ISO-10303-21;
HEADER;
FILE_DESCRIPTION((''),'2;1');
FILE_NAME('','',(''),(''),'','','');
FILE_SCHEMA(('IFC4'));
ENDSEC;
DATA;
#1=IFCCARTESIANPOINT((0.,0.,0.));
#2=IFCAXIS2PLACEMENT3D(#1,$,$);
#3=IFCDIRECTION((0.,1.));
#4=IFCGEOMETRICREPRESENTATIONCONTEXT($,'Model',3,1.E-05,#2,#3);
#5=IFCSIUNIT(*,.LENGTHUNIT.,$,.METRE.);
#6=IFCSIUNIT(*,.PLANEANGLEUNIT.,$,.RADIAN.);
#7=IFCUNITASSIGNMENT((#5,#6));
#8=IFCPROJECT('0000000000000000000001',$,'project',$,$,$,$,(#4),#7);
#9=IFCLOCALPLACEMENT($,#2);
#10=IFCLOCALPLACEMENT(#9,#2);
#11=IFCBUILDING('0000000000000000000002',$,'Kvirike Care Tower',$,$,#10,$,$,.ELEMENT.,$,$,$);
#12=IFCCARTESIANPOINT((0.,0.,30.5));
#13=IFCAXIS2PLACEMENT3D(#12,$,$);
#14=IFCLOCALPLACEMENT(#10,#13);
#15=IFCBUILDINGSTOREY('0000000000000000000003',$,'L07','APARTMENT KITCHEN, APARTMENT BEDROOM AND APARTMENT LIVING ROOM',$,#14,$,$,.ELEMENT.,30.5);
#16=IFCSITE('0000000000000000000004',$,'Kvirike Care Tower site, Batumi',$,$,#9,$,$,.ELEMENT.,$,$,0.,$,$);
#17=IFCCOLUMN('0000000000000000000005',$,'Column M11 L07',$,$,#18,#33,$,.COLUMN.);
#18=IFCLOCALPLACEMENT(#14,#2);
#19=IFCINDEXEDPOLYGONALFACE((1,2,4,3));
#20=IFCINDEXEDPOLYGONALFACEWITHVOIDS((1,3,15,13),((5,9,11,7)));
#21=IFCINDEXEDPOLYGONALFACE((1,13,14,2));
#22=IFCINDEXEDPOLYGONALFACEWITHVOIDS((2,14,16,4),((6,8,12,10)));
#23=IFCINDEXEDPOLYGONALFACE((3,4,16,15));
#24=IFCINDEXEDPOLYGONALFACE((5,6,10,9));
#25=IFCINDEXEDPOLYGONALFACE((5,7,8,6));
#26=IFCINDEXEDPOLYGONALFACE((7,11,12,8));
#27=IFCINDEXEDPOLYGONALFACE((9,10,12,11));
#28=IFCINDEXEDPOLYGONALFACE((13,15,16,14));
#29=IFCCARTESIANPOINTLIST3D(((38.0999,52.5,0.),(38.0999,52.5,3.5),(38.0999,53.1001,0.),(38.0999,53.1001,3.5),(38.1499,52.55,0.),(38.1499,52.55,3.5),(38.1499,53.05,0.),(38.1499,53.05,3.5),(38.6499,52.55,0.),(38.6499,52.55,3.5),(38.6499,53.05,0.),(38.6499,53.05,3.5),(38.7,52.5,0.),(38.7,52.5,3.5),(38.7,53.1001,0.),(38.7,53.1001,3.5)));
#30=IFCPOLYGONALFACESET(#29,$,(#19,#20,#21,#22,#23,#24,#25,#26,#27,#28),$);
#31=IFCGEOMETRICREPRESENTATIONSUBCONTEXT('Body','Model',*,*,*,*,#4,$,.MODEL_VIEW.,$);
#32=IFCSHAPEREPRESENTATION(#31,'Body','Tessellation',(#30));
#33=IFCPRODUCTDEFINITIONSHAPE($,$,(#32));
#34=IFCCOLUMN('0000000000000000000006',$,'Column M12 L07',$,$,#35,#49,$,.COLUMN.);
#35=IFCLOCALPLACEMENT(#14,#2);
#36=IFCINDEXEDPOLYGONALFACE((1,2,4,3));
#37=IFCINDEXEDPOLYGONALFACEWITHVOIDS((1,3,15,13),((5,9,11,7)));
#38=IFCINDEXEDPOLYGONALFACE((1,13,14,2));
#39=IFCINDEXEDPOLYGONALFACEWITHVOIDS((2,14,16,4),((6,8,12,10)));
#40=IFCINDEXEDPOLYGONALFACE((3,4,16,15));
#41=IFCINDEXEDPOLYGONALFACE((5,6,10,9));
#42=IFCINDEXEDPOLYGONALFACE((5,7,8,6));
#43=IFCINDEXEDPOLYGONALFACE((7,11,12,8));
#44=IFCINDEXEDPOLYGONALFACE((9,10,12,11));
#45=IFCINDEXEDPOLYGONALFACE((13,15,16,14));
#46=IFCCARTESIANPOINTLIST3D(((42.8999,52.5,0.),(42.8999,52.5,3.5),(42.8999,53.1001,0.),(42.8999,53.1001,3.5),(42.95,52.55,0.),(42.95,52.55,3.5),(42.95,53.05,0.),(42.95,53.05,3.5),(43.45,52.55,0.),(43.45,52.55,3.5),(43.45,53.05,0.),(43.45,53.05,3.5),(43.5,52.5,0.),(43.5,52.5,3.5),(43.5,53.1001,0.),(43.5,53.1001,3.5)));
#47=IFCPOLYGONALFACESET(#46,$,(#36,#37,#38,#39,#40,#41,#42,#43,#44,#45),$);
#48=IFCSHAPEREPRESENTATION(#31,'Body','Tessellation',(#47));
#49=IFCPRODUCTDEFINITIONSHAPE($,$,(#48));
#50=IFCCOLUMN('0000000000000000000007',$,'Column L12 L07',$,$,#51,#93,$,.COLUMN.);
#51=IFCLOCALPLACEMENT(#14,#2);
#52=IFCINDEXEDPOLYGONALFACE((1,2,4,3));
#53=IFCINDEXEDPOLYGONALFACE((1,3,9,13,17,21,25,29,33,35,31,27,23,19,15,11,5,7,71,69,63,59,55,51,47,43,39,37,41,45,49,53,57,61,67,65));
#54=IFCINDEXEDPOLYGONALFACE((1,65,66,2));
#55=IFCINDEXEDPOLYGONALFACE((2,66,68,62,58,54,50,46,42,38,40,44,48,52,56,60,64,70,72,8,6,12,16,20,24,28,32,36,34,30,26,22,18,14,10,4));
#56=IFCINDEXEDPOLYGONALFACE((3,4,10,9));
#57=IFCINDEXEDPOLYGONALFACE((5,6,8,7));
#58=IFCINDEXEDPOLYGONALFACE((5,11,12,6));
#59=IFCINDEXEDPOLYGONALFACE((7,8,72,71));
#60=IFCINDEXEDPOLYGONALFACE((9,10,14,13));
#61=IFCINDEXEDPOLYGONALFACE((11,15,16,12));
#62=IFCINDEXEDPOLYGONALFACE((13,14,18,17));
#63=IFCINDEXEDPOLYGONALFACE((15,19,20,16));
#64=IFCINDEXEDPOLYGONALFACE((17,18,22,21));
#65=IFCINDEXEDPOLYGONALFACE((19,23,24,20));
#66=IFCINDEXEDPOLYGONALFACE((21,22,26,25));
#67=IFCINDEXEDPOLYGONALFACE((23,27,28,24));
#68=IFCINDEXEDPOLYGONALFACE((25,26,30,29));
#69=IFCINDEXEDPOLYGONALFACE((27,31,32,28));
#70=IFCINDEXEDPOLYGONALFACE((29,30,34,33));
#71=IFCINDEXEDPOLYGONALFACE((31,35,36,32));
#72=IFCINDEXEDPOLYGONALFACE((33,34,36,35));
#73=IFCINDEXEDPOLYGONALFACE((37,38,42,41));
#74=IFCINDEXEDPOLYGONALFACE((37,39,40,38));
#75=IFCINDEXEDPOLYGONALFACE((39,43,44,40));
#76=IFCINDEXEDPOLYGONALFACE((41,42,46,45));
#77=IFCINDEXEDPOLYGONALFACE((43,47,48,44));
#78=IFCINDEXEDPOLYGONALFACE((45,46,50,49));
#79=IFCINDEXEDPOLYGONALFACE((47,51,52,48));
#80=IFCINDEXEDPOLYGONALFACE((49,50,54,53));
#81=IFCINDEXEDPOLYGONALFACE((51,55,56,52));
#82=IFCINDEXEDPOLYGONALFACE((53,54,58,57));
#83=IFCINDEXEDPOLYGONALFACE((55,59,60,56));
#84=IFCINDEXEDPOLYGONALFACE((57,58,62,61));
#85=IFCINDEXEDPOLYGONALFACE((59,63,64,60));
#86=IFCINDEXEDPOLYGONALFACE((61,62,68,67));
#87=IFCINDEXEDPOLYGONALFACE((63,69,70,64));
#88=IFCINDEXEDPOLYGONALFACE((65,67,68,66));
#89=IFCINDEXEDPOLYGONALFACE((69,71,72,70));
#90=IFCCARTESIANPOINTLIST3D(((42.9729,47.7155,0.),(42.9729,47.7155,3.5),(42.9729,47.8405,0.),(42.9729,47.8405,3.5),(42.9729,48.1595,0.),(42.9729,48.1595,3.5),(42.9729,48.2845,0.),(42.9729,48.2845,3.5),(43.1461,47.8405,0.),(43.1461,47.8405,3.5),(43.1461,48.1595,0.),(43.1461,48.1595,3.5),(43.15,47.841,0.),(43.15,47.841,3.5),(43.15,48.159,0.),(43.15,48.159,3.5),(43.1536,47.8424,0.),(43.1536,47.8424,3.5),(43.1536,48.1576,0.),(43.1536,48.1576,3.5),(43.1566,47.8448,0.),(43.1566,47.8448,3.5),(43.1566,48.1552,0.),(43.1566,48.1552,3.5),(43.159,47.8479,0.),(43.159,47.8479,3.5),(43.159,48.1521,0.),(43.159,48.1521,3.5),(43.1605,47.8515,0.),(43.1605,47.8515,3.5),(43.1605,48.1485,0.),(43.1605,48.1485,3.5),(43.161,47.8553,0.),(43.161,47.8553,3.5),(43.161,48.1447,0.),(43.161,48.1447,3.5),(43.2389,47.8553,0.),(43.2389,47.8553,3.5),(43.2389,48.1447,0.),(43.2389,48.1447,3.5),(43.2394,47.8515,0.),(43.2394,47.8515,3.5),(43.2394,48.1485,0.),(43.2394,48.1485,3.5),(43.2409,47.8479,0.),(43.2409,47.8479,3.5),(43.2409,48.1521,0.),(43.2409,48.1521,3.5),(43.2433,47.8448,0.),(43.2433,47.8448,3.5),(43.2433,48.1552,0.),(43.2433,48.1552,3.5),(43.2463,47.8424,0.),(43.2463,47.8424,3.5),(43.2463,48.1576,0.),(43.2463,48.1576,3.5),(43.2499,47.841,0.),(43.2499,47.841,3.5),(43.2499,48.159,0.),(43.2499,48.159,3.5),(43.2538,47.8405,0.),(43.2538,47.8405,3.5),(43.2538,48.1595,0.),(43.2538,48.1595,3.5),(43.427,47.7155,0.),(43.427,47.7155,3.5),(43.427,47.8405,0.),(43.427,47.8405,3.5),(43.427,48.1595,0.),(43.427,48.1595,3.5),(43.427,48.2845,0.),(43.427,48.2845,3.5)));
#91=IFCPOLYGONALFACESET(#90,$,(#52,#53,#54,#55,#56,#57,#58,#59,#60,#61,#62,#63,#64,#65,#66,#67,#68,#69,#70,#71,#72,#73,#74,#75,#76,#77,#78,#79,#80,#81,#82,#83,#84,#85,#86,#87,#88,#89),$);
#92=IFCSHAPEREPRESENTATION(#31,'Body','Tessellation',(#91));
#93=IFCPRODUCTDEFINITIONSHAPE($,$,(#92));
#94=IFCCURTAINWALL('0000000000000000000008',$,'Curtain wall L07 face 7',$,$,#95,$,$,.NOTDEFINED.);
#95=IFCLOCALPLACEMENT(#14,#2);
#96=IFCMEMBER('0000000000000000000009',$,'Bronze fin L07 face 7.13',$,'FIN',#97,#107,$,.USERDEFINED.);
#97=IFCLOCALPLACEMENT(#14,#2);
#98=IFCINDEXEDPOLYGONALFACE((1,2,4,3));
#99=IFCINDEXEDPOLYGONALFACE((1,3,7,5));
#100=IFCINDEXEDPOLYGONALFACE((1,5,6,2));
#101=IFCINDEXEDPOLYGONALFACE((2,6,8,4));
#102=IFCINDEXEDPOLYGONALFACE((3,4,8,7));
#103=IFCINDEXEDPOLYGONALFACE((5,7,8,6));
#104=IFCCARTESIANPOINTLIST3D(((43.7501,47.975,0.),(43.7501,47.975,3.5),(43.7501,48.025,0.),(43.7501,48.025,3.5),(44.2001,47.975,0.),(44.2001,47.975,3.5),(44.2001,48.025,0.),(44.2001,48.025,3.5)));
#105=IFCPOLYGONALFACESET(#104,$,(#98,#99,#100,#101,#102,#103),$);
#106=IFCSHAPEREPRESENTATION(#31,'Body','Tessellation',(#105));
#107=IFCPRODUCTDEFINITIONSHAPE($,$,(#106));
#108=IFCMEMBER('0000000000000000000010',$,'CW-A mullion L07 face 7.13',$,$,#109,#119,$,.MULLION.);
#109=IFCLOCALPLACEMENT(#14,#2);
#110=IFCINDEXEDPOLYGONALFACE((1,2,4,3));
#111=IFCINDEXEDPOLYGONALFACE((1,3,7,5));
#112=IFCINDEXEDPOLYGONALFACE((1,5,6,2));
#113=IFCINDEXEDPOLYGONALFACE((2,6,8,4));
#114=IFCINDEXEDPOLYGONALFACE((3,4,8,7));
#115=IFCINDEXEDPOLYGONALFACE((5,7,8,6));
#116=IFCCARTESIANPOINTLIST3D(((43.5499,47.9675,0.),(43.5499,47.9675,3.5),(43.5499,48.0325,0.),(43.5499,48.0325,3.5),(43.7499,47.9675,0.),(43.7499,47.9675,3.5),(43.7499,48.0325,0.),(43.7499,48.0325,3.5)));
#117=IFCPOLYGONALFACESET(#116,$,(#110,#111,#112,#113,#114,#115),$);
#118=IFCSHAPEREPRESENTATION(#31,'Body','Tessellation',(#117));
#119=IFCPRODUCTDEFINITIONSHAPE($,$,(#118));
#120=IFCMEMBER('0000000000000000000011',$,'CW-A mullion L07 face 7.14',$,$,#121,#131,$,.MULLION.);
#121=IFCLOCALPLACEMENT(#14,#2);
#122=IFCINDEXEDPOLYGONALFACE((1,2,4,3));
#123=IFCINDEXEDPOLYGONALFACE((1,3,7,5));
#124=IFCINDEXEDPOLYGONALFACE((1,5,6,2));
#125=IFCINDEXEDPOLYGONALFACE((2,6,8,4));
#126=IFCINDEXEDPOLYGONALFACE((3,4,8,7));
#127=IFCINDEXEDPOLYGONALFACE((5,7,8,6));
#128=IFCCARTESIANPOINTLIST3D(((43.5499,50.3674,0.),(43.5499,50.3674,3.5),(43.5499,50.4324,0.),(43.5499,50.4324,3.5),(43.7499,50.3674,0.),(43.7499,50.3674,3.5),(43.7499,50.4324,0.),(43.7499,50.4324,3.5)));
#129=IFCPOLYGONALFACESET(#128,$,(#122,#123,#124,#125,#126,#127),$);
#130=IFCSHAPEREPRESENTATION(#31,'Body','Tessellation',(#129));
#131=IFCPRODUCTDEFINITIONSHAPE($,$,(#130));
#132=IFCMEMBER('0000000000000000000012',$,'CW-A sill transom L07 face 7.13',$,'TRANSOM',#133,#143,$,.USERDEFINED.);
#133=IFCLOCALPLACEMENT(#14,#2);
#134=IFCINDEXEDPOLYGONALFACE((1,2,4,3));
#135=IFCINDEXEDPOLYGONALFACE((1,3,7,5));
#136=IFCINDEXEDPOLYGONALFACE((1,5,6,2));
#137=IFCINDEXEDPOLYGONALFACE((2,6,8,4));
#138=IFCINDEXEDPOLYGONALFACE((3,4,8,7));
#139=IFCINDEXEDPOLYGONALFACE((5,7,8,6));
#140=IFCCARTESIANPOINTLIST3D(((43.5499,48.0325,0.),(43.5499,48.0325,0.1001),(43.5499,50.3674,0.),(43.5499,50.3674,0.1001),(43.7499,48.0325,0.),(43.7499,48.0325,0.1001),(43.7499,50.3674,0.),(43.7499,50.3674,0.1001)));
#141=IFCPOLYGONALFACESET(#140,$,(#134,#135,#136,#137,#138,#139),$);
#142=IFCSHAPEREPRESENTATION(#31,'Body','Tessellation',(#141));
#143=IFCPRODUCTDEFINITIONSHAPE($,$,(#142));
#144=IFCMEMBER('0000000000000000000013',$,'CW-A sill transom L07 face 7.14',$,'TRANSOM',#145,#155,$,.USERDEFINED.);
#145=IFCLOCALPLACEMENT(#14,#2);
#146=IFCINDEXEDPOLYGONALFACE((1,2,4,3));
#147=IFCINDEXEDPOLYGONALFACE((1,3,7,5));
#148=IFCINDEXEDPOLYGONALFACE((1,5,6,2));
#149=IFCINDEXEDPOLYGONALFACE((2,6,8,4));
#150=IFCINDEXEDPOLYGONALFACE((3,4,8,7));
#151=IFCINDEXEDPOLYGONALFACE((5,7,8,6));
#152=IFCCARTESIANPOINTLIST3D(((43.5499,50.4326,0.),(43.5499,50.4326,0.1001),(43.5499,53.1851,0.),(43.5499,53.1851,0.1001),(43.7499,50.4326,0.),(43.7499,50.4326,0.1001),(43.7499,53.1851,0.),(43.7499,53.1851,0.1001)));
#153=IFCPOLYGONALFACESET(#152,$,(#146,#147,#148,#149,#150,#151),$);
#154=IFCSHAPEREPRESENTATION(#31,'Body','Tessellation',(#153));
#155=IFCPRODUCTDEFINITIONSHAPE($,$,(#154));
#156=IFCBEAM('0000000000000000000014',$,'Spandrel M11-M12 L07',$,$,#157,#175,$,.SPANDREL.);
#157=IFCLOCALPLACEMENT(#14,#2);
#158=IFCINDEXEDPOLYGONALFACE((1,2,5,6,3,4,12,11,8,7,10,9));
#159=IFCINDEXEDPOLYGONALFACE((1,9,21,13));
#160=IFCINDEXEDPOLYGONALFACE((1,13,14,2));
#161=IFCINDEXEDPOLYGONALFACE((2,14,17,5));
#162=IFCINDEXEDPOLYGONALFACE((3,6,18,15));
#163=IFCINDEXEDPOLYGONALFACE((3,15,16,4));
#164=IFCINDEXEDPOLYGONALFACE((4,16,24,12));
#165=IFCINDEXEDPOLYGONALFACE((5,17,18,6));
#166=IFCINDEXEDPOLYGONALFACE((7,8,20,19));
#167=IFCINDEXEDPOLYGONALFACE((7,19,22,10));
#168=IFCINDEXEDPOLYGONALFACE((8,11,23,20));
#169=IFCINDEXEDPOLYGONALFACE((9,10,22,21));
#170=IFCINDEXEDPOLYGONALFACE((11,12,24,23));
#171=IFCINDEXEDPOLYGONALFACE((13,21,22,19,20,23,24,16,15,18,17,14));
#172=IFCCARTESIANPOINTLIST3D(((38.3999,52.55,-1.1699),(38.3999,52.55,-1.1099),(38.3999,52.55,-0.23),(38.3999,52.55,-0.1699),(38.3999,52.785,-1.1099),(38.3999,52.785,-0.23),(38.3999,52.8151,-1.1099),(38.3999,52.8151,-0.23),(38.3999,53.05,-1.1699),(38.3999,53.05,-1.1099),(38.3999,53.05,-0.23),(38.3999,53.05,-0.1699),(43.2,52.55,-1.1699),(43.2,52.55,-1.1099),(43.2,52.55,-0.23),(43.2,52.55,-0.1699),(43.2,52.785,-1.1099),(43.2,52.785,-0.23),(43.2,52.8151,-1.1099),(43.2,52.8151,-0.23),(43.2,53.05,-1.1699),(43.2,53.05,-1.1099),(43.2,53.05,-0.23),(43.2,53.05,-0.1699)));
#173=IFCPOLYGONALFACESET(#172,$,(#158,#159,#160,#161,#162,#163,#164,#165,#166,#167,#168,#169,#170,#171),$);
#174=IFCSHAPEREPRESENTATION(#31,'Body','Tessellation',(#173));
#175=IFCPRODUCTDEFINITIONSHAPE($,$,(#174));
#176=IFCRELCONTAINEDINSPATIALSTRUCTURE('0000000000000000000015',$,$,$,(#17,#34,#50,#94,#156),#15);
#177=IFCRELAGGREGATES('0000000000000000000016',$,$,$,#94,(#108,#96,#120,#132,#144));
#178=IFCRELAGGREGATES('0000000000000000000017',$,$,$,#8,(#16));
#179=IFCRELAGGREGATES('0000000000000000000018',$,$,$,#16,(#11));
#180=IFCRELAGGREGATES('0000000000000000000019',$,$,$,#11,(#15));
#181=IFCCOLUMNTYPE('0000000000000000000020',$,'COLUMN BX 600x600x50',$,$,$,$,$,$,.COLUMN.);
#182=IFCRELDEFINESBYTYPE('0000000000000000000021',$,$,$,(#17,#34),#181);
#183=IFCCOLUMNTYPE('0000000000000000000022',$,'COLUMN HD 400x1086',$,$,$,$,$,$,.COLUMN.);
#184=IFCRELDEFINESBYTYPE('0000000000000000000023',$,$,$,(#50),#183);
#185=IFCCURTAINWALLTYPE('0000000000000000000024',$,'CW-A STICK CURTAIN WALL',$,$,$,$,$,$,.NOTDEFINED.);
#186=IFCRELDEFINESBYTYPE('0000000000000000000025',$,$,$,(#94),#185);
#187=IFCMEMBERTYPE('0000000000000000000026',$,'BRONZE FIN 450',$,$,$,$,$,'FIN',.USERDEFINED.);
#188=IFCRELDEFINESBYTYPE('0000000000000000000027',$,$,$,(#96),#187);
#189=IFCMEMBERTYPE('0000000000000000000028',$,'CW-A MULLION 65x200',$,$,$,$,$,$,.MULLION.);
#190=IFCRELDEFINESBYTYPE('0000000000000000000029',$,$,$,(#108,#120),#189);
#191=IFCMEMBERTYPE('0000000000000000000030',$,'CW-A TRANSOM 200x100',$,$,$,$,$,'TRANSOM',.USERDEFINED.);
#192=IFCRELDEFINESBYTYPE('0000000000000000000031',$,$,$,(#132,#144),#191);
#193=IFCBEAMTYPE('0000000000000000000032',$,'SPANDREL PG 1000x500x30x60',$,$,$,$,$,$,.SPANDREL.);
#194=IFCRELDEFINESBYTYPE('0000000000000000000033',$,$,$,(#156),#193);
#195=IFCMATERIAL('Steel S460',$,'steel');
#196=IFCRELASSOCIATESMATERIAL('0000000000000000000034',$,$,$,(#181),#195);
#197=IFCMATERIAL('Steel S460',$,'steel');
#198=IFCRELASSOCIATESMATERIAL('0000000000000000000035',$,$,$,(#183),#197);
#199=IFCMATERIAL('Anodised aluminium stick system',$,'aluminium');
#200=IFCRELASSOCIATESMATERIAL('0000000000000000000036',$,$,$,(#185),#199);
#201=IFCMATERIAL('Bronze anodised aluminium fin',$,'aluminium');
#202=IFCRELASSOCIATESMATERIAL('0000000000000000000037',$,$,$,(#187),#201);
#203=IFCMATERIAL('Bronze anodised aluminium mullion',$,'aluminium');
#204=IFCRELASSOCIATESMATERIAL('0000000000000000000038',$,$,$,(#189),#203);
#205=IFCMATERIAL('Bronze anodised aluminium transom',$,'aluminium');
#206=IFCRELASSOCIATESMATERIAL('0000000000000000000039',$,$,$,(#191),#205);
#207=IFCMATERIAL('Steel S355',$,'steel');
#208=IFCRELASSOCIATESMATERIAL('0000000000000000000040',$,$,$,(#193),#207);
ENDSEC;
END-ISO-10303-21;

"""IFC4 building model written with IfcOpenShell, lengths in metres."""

from ifc_helpers import new_model, si_unit, direction, frame, origin, origin_2d, place, context, subcontext, project, spatial, rectangle, hollow_rectangle, i_section, extrude, material, material_profile, profile_set, type_object, element, aggregate, save


model = new_model("IFC4")

# Units and contexts
model_context = context("Model", 3, precision=1e-05, world=origin(), true_north=direction((0.0, 1.0)))
body_context = subcontext(model_context, "Body", "Model", "MODEL_VIEW")
ifc_project = project(units=[si_unit("LENGTHUNIT", "METRE"), si_unit("PLANEANGLEUNIT", "RADIAN")], contexts=[model_context])

# Site, building, storey
site_placement = place(None, origin())
site = spatial("IfcSite", under=ifc_project, at=site_placement, Name="Kvirike Care Tower site, Batumi", CompositionType="ELEMENT", RefElevation=0.0)
building_placement = place(site_placement, origin())
building = spatial("IfcBuilding", under=site, at=building_placement, Name="Kvirike Care Tower", CompositionType="ELEMENT")
storey_placement = place(building_placement, frame((0.0, 0.0, 30.5)))
storey = spatial("IfcBuildingStorey", under=building, at=storey_placement, Name="L07", Description="APARTMENT KITCHEN, APARTMENT BEDROOM AND APARTMENT LIVING ROOM", CompositionType="ELEMENT", Elevation=30.5)

# Columns
ifc_material_1 = material(Name="Steel S460", Category="steel")
ifc_material_profile_1 = material_profile(ifc_material_1, hollow_rectangle(XDim=0.6001, YDim=0.6001, WallThickness=0.05, at=origin_2d()), Name="BX 600x600x50")
ifc_profile_set_1 = profile_set([ifc_material_profile_1], Name="Steel S460")
column_type_1 = type_object("IfcColumnType", Name="COLUMN BX 600x600x50", PredefinedType="COLUMN", material=ifc_profile_set_1)
for number, where, z_axis, x_axis, name in (
    (1, (38.3999, 52.8, 0.0), (0.0, 0.0, 1.0), (0.0, 1.0, 0.0), "Column M11 L07"),
    (2, (43.2, 52.8, 0.0), (0.0, 0.0, 1.0), (0.0, 1.0, 0.0), "Column M12 L07"),
):
    element("IfcColumn", number, at=place(storey_placement, frame(where, z_axis=z_axis, x_axis=x_axis)), inside=storey, type_object=column_type_1, Name=name, PredefinedType="COLUMN", context=body_context, shape_type="SweptSolid", body=[
        extrude(hollow_rectangle(XDim=0.6001, YDim=0.6001, WallThickness=0.05, at=origin_2d()), origin(), (0.0, 0.0, 1.0), 3.5),
    ])
ifc_material_2 = material(Name="Steel S460", Category="steel")
ifc_material_profile_2 = material_profile(ifc_material_2, i_section(OverallWidth=0.4541, OverallDepth=0.5691, WebThickness=0.0779, FlangeThickness=0.125, FilletRadius=0.0149, at=origin_2d()), Name="HD 400x1086")
ifc_profile_set_2 = profile_set([ifc_material_profile_2], Name="Steel S460")
column_type_2 = type_object("IfcColumnType", Name="COLUMN HD 400x1086", PredefinedType="COLUMN", material=ifc_profile_set_2)
column_placement = place(storey_placement, frame((43.2, 48.0, 0.0), z_axis=(0.0, 0.0, 1.0), x_axis=(1.0, 0.0, 0.0)))
element("IfcColumn", 3, at=column_placement, inside=storey, type_object=column_type_2, Name="Column L12 L07", PredefinedType="COLUMN", context=body_context, shape_type="SweptSolid", body=[
    extrude(i_section(OverallWidth=0.4541, OverallDepth=0.5691, WebThickness=0.0779, FlangeThickness=0.125, FilletRadius=0.0149, at=origin_2d()), origin(), (0.0, 0.0, 1.0), 3.5),
])

# Curtain wall, members
ifc_material_3 = material(Name="Anodised aluminium stick system", Category="aluminium")
curtain_wall_type = type_object("IfcCurtainWallType", Name="CW-A STICK CURTAIN WALL", PredefinedType="NOTDEFINED", material=ifc_material_3)
curtain_wall_placement = place(storey_placement, origin())
curtain_wall = element("IfcCurtainWall", 4, at=curtain_wall_placement, inside=storey, type_object=curtain_wall_type, Name="Curtain wall L07 face 7", PredefinedType="NOTDEFINED")
ifc_material_4 = material(Name="Bronze anodised aluminium fin", Category="aluminium")
ifc_material_profile_3 = material_profile(ifc_material_4, rectangle(XDim=0.05, YDim=0.45, at=origin_2d()), Name="BRONZE FIN 450")
ifc_profile_set_3 = profile_set([ifc_material_profile_3], Name="Bronze anodised aluminium fin")
member_type_1 = type_object("IfcMemberType", Name="BRONZE FIN 450", ElementType="FIN", PredefinedType="USERDEFINED", material=ifc_profile_set_3)
member_1_placement = place(storey_placement, frame((43.9751, 48.0, 0.0), z_axis=(0.0, 0.0, 1.0), x_axis=(0.0, 1.0, 0.0)))
member_1 = element("IfcMember", 5, at=member_1_placement, type_object=member_type_1, Name="Bronze fin L07 face 7.13", ObjectType="FIN", PredefinedType="USERDEFINED", context=body_context, shape_type="SweptSolid", body=[
    extrude(rectangle(XDim=0.05, YDim=0.45, at=origin_2d()), origin(), (0.0, 0.0, 1.0), 3.5),
])
ifc_material_5 = material(Name="Bronze anodised aluminium mullion", Category="aluminium")
ifc_material_profile_4 = material_profile(ifc_material_5, rectangle(XDim=0.0649, YDim=0.2, at=origin_2d()), Name="CW-A MULLION 65x200")
ifc_profile_set_4 = profile_set([ifc_material_profile_4], Name="Bronze anodised aluminium mullion")
member_type_2 = type_object("IfcMemberType", Name="CW-A MULLION 65x200", PredefinedType="MULLION", material=ifc_profile_set_4)
member_2_placement = place(storey_placement, frame((43.6499, 48.0, 0.0), z_axis=(0.0, 0.0, 1.0), x_axis=(0.0, 1.0, 0.0)))
member_2 = element("IfcMember", 6, at=member_2_placement, type_object=member_type_2, Name="CW-A mullion L07 face 7.13", PredefinedType="MULLION", context=body_context, shape_type="SweptSolid", body=[
    extrude(rectangle(XDim=0.0649, YDim=0.2, at=origin_2d()), origin(), (0.0, 0.0, 1.0), 3.5),
])
member_3_placement = place(storey_placement, frame((43.6499, 50.3999, 0.0), z_axis=(0.0, 0.0, 1.0), x_axis=(0.0, 1.0, 0.0)))
member_3 = element("IfcMember", 7, at=member_3_placement, type_object=member_type_2, Name="CW-A mullion L07 face 7.14", PredefinedType="MULLION", context=body_context, shape_type="SweptSolid", body=[
    extrude(rectangle(XDim=0.0649, YDim=0.2, at=origin_2d()), origin(), (0.0, 0.0, 1.0), 3.5),
])
ifc_material_6 = material(Name="Bronze anodised aluminium transom", Category="aluminium")
ifc_material_profile_5 = material_profile(ifc_material_6, rectangle(XDim=0.2, YDim=0.1001, at=origin_2d()), Name="CW-A TRANSOM 200x100")
ifc_profile_set_5 = profile_set([ifc_material_profile_5], Name="Bronze anodised aluminium transom")
member_type_3 = type_object("IfcMemberType", Name="CW-A TRANSOM 200x100", ElementType="TRANSOM", PredefinedType="USERDEFINED", material=ifc_profile_set_5)
member_4_placement = place(storey_placement, frame((43.6499, 48.0325, 0.05), z_axis=(0.0, 1.0, 0.0), x_axis=(-1.0, 0.0, 0.0)))
member_4 = element("IfcMember", 8, at=member_4_placement, type_object=member_type_3, Name="CW-A sill transom L07 face 7.13", ObjectType="TRANSOM", PredefinedType="USERDEFINED", context=body_context, shape_type="SweptSolid", body=[
    extrude(rectangle(XDim=0.2, YDim=0.1001, at=origin_2d()), origin(), (0.0, 0.0, 1.0), 2.335),
])
member_5_placement = place(storey_placement, frame((43.6499, 50.4326, 0.05), z_axis=(0.0, 1.0, 0.0), x_axis=(-1.0, 0.0, 0.0)))
member_5 = element("IfcMember", 9, at=member_5_placement, type_object=member_type_3, Name="CW-A sill transom L07 face 7.14", ObjectType="TRANSOM", PredefinedType="USERDEFINED", context=body_context, shape_type="SweptSolid", body=[
    extrude(rectangle(XDim=0.2, YDim=0.1001, at=origin_2d()), origin(), (0.0, 0.0, 1.0), 2.7524),
])

# Beam
ifc_material_7 = material(Name="Steel S355", Category="steel")
ifc_material_profile_6 = material_profile(ifc_material_7, i_section(OverallWidth=0.5, OverallDepth=1.0, WebThickness=0.03, FlangeThickness=0.0601, at=origin_2d()), Name="PG 1000x500x30x60")
ifc_profile_set_6 = profile_set([ifc_material_profile_6], Name="Steel S355")
beam_type = type_object("IfcBeamType", Name="SPANDREL PG 1000x500x30x60", PredefinedType="SPANDREL", material=ifc_profile_set_6)
for number, where, z_axis, x_axis, name in (
    (10, (38.3999, 52.8, -0.6699), (1.0, 0.0, 0.0), (0.0, 1.0, 0.0), "Spandrel M11-M12 L07"),
):
    element("IfcBeam", number, at=place(storey_placement, frame(where, z_axis=z_axis, x_axis=x_axis)), inside=storey, type_object=beam_type, Name=name, PredefinedType="SPANDREL", context=body_context, shape_type="SweptSolid", body=[
        extrude(i_section(OverallWidth=0.5, OverallDepth=1.0, WebThickness=0.03, FlangeThickness=0.0601, at=origin_2d()), origin(), (0.0, 0.0, 1.0), 4.8),
    ])

aggregate(curtain_wall, [member_2, member_1, member_3, member_4, member_5])

save(model, "model.ifc")
